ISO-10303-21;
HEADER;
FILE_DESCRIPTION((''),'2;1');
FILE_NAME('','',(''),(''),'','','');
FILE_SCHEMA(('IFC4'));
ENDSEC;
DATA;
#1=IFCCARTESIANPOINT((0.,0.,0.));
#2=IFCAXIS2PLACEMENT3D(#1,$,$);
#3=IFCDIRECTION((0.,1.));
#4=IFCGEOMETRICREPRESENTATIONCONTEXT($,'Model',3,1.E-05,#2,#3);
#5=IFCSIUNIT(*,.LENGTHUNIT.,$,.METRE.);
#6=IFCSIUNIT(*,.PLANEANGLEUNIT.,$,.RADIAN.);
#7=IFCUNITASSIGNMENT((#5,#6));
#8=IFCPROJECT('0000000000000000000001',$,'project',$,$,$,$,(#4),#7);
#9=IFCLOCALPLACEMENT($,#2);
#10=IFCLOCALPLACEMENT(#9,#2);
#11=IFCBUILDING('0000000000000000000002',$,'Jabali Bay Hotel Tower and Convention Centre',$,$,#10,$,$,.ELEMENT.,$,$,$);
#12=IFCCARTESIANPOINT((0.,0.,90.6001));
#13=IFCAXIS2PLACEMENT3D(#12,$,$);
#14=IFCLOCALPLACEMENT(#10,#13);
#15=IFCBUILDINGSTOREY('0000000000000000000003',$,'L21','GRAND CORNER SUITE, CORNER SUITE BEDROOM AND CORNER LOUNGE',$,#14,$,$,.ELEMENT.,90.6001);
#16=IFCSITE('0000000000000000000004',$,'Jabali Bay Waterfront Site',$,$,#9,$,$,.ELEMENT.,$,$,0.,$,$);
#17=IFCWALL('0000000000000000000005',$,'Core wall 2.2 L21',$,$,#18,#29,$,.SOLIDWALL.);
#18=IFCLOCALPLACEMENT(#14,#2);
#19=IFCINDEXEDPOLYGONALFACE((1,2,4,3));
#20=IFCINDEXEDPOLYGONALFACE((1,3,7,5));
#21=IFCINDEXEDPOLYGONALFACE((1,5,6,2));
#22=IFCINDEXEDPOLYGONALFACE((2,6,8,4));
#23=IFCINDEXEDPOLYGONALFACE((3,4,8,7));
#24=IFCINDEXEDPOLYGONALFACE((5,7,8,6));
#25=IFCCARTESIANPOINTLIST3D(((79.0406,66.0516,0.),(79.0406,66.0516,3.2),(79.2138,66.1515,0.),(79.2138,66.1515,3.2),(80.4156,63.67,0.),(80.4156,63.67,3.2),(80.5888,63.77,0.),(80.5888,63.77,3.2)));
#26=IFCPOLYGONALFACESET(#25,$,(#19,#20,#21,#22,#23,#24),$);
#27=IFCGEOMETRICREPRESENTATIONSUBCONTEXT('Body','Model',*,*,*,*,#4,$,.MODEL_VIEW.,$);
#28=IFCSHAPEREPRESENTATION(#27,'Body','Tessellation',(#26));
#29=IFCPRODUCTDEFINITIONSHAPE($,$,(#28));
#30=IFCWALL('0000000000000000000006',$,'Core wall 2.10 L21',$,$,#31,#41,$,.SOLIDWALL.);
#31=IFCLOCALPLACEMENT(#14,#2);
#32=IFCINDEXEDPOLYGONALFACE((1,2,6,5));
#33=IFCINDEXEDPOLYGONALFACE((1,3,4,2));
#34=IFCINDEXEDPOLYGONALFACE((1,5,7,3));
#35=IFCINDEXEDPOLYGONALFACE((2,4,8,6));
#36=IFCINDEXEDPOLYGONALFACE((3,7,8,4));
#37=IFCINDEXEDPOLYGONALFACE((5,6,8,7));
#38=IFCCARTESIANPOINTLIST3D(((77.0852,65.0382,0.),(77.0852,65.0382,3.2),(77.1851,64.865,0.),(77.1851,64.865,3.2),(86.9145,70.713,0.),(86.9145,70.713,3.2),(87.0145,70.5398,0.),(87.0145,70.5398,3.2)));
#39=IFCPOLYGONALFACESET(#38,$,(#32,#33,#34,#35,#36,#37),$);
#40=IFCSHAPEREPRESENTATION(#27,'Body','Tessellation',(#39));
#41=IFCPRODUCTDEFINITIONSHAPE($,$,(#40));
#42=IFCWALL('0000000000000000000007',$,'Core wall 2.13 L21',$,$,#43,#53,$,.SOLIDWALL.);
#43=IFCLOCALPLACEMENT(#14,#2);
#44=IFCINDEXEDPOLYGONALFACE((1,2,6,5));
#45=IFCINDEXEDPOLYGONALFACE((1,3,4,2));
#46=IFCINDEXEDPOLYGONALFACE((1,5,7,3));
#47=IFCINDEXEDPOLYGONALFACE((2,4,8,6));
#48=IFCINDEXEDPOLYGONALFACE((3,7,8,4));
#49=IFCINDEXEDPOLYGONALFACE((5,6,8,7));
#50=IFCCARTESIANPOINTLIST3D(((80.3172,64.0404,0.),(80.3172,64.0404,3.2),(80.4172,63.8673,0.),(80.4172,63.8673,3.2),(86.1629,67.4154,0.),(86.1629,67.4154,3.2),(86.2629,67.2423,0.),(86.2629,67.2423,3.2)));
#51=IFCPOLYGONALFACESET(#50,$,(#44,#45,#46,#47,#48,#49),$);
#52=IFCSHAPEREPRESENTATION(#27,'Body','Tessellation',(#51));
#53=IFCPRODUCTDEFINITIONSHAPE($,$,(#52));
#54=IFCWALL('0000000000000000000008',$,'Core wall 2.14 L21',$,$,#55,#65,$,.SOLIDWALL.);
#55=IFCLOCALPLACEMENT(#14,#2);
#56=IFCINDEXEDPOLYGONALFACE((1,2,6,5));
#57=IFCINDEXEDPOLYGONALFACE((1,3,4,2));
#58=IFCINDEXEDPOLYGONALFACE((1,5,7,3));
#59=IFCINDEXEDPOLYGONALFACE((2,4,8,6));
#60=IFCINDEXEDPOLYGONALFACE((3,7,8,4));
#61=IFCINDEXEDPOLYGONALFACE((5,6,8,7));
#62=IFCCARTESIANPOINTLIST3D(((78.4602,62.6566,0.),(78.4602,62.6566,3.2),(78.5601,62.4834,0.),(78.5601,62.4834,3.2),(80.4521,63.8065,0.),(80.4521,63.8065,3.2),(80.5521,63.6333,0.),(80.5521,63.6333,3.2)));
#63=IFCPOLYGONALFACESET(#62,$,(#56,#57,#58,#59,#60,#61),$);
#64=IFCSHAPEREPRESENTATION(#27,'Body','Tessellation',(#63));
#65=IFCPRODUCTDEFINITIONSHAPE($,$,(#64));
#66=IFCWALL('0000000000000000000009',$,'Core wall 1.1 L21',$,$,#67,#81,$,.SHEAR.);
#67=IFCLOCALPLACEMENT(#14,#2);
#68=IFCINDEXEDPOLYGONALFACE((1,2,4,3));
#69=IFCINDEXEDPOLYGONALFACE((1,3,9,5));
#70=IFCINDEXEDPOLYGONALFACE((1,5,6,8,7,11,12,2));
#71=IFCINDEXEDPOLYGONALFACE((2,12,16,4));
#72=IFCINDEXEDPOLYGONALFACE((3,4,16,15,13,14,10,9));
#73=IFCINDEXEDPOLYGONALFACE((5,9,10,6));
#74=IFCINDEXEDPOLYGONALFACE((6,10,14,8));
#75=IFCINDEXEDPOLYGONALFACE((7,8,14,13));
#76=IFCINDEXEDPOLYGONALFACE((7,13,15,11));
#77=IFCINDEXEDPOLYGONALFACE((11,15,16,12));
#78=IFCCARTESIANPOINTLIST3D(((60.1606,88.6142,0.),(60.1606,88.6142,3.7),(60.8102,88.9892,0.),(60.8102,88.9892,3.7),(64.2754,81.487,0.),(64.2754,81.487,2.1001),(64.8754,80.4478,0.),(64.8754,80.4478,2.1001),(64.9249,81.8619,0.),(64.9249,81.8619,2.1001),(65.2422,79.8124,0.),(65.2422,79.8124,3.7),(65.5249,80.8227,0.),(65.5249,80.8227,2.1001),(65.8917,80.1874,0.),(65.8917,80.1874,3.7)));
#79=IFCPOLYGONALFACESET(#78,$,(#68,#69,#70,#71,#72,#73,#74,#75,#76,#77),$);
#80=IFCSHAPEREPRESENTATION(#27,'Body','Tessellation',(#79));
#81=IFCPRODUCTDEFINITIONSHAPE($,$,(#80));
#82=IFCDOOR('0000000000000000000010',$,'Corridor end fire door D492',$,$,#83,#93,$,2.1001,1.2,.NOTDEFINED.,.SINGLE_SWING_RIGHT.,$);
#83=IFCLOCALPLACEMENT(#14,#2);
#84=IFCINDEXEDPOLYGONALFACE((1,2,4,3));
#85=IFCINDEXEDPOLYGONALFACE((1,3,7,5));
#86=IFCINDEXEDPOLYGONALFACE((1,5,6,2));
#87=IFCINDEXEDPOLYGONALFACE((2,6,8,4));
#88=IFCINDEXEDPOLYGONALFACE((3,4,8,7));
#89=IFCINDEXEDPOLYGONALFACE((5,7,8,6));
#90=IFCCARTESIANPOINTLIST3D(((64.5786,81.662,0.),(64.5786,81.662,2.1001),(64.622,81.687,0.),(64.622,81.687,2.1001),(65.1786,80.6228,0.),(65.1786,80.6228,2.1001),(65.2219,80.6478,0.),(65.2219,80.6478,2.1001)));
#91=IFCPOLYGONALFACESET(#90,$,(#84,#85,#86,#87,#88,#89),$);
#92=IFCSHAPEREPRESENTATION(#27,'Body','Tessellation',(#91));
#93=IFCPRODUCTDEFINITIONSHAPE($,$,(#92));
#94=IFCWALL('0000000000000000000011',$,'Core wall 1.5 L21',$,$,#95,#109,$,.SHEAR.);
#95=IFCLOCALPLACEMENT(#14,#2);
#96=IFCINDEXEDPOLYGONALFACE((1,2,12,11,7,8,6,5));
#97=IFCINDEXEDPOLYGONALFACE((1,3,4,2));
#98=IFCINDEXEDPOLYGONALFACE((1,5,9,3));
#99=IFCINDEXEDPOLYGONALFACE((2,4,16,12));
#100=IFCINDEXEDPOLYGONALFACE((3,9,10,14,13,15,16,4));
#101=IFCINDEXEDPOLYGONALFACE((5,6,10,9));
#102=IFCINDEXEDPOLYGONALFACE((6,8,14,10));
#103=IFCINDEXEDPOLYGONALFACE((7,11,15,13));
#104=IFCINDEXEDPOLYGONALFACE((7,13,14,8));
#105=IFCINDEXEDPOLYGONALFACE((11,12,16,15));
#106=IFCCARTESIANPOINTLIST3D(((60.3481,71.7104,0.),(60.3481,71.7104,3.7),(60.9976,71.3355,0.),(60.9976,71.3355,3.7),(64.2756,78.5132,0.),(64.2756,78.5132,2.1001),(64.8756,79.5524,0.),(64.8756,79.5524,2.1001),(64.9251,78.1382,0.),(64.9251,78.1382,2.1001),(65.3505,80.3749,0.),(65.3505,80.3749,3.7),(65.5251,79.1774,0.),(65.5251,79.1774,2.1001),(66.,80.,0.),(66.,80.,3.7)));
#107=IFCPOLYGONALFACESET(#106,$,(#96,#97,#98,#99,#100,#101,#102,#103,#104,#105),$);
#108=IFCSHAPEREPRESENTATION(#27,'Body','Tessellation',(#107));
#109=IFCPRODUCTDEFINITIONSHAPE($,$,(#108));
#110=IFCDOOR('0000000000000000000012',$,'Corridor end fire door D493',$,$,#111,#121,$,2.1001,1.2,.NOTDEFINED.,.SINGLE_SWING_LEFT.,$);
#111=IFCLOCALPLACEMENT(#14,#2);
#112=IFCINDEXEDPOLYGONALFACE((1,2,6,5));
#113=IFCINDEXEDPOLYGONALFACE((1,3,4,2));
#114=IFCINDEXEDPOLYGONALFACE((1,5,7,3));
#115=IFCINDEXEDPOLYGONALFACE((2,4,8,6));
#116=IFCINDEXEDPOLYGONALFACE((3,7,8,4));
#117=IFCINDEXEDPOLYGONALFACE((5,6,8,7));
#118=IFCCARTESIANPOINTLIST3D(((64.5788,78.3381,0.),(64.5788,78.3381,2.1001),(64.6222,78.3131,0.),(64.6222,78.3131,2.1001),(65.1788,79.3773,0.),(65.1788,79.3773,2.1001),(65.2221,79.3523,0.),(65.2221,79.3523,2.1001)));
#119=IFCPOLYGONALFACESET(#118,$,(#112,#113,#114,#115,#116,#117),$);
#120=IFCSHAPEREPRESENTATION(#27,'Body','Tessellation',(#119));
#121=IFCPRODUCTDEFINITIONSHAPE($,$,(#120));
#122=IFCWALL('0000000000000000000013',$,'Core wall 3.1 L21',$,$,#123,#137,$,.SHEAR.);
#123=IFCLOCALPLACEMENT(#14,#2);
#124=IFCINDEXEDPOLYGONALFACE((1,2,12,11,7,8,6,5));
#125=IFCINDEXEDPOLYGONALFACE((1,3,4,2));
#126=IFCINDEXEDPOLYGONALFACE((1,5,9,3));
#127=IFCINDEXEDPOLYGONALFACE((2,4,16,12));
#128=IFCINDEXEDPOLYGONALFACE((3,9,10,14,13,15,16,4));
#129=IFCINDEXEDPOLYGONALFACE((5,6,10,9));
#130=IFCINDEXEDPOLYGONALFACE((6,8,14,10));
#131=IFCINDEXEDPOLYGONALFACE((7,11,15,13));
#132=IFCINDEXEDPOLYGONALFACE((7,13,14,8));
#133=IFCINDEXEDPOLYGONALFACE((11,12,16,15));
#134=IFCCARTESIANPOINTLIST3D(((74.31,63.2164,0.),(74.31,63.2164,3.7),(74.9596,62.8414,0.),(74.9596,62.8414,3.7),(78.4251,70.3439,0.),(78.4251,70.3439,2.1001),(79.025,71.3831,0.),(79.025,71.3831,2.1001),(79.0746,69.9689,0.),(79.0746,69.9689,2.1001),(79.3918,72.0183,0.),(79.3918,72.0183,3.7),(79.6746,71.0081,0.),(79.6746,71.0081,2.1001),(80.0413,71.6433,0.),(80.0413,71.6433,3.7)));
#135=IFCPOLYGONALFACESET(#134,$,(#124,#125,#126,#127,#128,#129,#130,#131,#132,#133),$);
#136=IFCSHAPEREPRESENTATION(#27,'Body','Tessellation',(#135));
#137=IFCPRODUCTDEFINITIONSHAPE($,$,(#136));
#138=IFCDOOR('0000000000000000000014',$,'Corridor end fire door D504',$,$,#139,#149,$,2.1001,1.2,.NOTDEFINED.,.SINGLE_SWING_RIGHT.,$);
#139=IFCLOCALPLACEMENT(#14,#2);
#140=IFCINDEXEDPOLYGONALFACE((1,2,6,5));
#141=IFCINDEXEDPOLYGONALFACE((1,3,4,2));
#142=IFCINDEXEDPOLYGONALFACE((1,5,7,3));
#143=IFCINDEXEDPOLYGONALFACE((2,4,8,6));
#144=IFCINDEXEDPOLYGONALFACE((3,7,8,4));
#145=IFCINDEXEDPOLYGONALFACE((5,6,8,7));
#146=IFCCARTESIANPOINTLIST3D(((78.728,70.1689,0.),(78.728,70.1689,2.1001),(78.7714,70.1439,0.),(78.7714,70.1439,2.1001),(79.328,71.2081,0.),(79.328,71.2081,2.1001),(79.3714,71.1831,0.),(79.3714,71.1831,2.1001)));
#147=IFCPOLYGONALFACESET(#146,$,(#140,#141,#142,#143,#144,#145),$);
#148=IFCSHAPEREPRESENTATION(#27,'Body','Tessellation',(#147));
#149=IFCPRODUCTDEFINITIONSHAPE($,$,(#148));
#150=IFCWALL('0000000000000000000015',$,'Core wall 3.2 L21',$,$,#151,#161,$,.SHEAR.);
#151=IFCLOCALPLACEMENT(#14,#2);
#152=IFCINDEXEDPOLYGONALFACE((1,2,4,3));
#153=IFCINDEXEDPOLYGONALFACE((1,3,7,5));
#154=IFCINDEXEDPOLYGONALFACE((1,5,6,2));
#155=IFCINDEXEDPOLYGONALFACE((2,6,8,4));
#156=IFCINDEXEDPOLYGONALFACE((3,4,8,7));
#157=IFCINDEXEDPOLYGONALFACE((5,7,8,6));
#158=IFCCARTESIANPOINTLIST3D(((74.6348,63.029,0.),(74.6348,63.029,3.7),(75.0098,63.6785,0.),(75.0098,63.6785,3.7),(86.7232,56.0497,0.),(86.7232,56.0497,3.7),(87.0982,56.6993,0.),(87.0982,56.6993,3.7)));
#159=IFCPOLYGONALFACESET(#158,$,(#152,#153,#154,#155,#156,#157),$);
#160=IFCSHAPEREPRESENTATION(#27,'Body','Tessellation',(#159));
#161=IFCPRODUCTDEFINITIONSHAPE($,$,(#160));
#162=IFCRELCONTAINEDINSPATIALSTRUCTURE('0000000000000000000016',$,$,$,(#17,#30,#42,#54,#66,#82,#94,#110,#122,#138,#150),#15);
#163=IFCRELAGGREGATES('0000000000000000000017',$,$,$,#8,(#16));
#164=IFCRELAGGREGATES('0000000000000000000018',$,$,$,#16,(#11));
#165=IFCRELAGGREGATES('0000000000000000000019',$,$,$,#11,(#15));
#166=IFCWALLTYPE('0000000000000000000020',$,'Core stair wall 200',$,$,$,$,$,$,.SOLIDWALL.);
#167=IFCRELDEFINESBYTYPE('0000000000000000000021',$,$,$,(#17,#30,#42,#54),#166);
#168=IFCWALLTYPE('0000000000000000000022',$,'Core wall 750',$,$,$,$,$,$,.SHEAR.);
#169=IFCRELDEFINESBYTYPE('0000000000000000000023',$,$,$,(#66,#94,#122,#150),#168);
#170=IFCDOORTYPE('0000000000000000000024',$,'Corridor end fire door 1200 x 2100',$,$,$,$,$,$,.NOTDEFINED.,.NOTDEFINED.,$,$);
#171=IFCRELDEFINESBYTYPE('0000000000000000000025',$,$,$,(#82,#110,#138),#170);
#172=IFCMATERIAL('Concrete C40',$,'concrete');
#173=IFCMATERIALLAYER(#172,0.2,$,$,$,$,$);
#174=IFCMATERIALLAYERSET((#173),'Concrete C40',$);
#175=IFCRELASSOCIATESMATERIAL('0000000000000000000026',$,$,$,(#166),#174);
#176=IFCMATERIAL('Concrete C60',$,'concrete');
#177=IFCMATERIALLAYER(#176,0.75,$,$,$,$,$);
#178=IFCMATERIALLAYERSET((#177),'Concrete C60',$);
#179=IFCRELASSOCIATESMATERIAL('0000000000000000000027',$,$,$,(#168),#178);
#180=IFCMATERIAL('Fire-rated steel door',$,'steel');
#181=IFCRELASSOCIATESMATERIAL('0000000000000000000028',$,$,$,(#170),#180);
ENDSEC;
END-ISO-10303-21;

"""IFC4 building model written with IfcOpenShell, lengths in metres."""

from ifc_helpers import new_model, si_unit, direction, frame, frame_2d, origin, place, context, subcontext, project, spatial, rectangle, extrude, material, layer, layer_set, type_object, element, fill, save


model = new_model("IFC4")

# Units and contexts
model_context = context("Model", 3, precision=1e-05, world=origin(), true_north=direction((0.0, 1.0)))
body_context = subcontext(model_context, "Body", "Model", "MODEL_VIEW")
ifc_project = project(units=[si_unit("LENGTHUNIT", "METRE"), si_unit("PLANEANGLEUNIT", "RADIAN")], contexts=[model_context])

# Site, building, storey
site_placement = place(None, origin())
site = spatial("IfcSite", under=ifc_project, at=site_placement, Name="Jabali Bay Waterfront Site", CompositionType="ELEMENT", RefElevation=0.0)
building_placement = place(site_placement, origin())
building = spatial("IfcBuilding", under=site, at=building_placement, Name="Jabali Bay Hotel Tower and Convention Centre", CompositionType="ELEMENT")
storey_placement = place(building_placement, frame((0.0, 0.0, 90.6001)))
storey = spatial("IfcBuildingStorey", under=building, at=storey_placement, Name="L21", Description="GRAND CORNER SUITE, CORNER SUITE BEDROOM AND CORNER LOUNGE", CompositionType="ELEMENT", Elevation=90.6001)

# Shared definitions
ifc_material_1 = material(Name="Concrete C40", Category="concrete")
ifc_material_2 = material(Name="Fire-rated steel door", Category="steel")

# Shared definitions
ifc_layer_1 = layer(ifc_material_1, 0.2)
ifc_layer_set_1 = layer_set([ifc_layer_1], Name="Concrete C40")
wall_type_1 = type_object("IfcWallType", Name="Core stair wall 200", PredefinedType="SOLIDWALL", material=ifc_layer_set_1)

# Walls
for number, where, z_axis, x_axis, name in (
    (1, (79.1272, 66.1016, 0.0), (0.0, 0.0, 1.0), (0.499997, -0.866027, 0.0), "Core wall 2.2 L21"),
):
    element("IfcWall", number, at=place(storey_placement, frame(where, z_axis=z_axis, x_axis=x_axis)), inside=storey, type_object=wall_type_1, Name=name, PredefinedType="SOLIDWALL", context=body_context, shape_type="SweptSolid", body=[
        extrude(rectangle(XDim=2.75, YDim=0.2, at=frame_2d((1.375, 0.0))), origin(), (0.0, 0.0, 1.0), 3.2),
    ])
wall_1_placement = place(storey_placement, frame((77.1353, 64.9517, 0.0), z_axis=(0.0, 0.0, 1.0), x_axis=(0.866032, 0.499989, 0.0)))
element("IfcWall", 2, at=wall_1_placement, inside=storey, type_object=wall_type_1, Name="Core wall 2.10 L21", PredefinedType="SOLIDWALL", context=body_context, shape_type="SweptSolid", body=[
    extrude(rectangle(XDim=11.3499, YDim=0.2, at=frame_2d((5.6748, 0.0))), origin(), (0.0, 0.0, 1.0), 3.2),
])
wall_2_placement = place(storey_placement, frame((80.3672, 63.9539, 0.0), z_axis=(0.0, 0.0, 1.0), x_axis=(0.866027, 0.499998, 0.0)))
element("IfcWall", 3, at=wall_2_placement, inside=storey, type_object=wall_type_1, Name="Core wall 2.13 L21", PredefinedType="SOLIDWALL", context=body_context, shape_type="SweptSolid", body=[
    extrude(rectangle(XDim=6.75, YDim=0.2, at=frame_2d((3.375, 0.0))), origin(), (0.0, 0.0, 1.0), 3.2),
])
wall_3_placement = place(storey_placement, frame((78.5103, 62.5701, 0.0), z_axis=(0.0, 0.0, 1.0), x_axis=(0.866053, 0.499952, 0.0)))
element("IfcWall", 4, at=wall_3_placement, inside=storey, type_object=wall_type_1, Name="Core wall 2.14 L21", PredefinedType="SOLIDWALL", context=body_context, shape_type="SweptSolid", body=[
    extrude(rectangle(XDim=2.3, YDim=0.2, at=frame_2d((1.1499, 0.0))), origin(), (0.0, 0.0, 1.0), 3.2),
])

# Walls, openings, doors
ifc_material_3 = material(Name="Concrete C60", Category="concrete")
ifc_layer_2 = layer(ifc_material_3, 0.75)
ifc_layer_set_2 = layer_set([ifc_layer_2], Name="Concrete C60")
wall_type_2 = type_object("IfcWallType", Name="Core wall 750", PredefinedType="SHEAR", material=ifc_layer_set_2)
wall_4_placement = place(storey_placement, frame((65.5669, 80.0, 0.0), z_axis=(0.0, 0.0, 1.0), x_axis=(-0.499989, 0.866032, 0.0)))
wall_4 = element("IfcWall", 5, at=wall_4_placement, inside=storey, type_object=wall_type_2, Name="Core wall 1.1 L21", PredefinedType="SHEAR", context=body_context, shape_type="SweptSolid", body=[
    extrude(rectangle(XDim=10.1633, YDim=0.75, at=frame_2d((5.0815, 0.0))), origin(), (0.0, 0.0, 1.0), 3.7),
])
opening_1_placement = place(wall_4_placement, frame((0.7334, 0.0, 0.0)))
opening_1 = element("IfcOpeningElement", 6, at=opening_1_placement, cuts=wall_4, PredefinedType="OPENING", context=body_context, shape_type="SweptSolid", body=[
    extrude(rectangle(XDim=1.2, YDim=2.1001, at=frame_2d((0.6001, 1.05))), frame((0.0, 0.3855, 0.0), z_axis=(0.0, -1.0, 0.0), x_axis=(1.0, 0.0, 0.0)), (0.0, 0.0, 1.0), 0.771),
])
door_type_1 = type_object("IfcDoorType", Name="Corridor end fire door 1200 x 2100", OperationType="NOTDEFINED", PredefinedType="NOTDEFINED", material=ifc_material_2)
door_1_placement = place(opening_1_placement, origin())
door_1 = element("IfcDoor", 7, at=door_1_placement, inside=storey, type_object=door_type_1, Name="Corridor end fire door D492", OperationType="SINGLE_SWING_RIGHT", OverallHeight=2.1001, OverallWidth=1.2, PredefinedType="NOTDEFINED", context=body_context, shape_type="SweptSolid", body=[
    extrude(rectangle(XDim=1.2, YDim=2.1001, at=frame_2d((0.6001, 1.05))), frame((0.0, 0.0249, 0.0), z_axis=(0.0, -1.0, 0.0), x_axis=(1.0, 0.0, 0.0)), (0.0, 0.0, 1.0), 0.05),
])
fill(opening_1, door_1)
wall_5_placement = place(storey_placement, frame((60.6729, 71.5229, 0.0), z_axis=(0.0, 0.0, 1.0), x_axis=(0.499997, 0.866027, 0.0)))
wall_5 = element("IfcWall", 8, at=wall_5_placement, inside=storey, type_object=wall_type_2, Name="Core wall 1.5 L21", PredefinedType="SHEAR", context=body_context, shape_type="SweptSolid", body=[
    extrude(rectangle(XDim=10.0049, YDim=0.75, at=frame_2d((5.0024, 0.0))), origin(), (0.0, 0.0, 1.0), 3.7),
])
opening_2_placement = place(wall_5_placement, frame((7.855, 0.0, 0.0)))
opening_2 = element("IfcOpeningElement", 9, at=opening_2_placement, cuts=wall_5, PredefinedType="OPENING", context=body_context, shape_type="SweptSolid", body=[
    extrude(rectangle(XDim=1.2, YDim=2.1001, at=frame_2d((0.6001, 1.05))), frame((0.0, 0.3855, 0.0), z_axis=(0.0, -1.0, 0.0), x_axis=(1.0, 0.0, 0.0)), (0.0, 0.0, 1.0), 0.771),
])
door_2_placement = place(opening_2_placement, origin())
door_2 = element("IfcDoor", 10, at=door_2_placement, inside=storey, type_object=door_type_1, Name="Corridor end fire door D493", OperationType="SINGLE_SWING_LEFT", OverallHeight=2.1001, OverallWidth=1.2, PredefinedType="NOTDEFINED", context=body_context, shape_type="SweptSolid", body=[
    extrude(rectangle(XDim=1.2, YDim=2.1001, at=frame_2d((0.6001, 1.05))), frame((0.0, 0.0249, 0.0), z_axis=(0.0, -1.0, 0.0), x_axis=(1.0, 0.0, 0.0)), (0.0, 0.0, 1.0), 0.05),
])
fill(opening_2, door_2)
wall_6_placement = place(storey_placement, frame((79.7166, 71.8308, 0.0), z_axis=(0.0, 0.0, 1.0), x_axis=(-0.499996, -0.866028, 0.0)))
wall_6 = element("IfcWall", 11, at=wall_6_placement, inside=storey, type_object=wall_type_2, Name="Core wall 3.1 L21", PredefinedType="SHEAR", context=body_context, shape_type="SweptSolid", body=[
    extrude(rectangle(XDim=10.1636, YDim=0.75, at=frame_2d((5.0818, 0.0))), origin(), (0.0, 0.0, 1.0), 3.7),
])
opening_3_placement = place(wall_6_placement, frame((0.7334, 0.0, 0.0)))
opening_3 = element("IfcOpeningElement", 12, at=opening_3_placement, cuts=wall_6, PredefinedType="OPENING", context=body_context, shape_type="SweptSolid", body=[
    extrude(rectangle(XDim=1.2, YDim=2.1001, at=frame_2d((0.6001, 1.05))), frame((0.0, 0.3855, 0.0), z_axis=(0.0, -1.0, 0.0), x_axis=(1.0, 0.0, 0.0)), (0.0, 0.0, 1.0), 0.771),
])
door_3_placement = place(opening_3_placement, origin())
door_3 = element("IfcDoor", 13, at=door_3_placement, inside=storey, type_object=door_type_1, Name="Corridor end fire door D504", OperationType="SINGLE_SWING_RIGHT", OverallHeight=2.1001, OverallWidth=1.2, PredefinedType="NOTDEFINED", context=body_context, shape_type="SweptSolid", body=[
    extrude(rectangle(XDim=1.2, YDim=2.1001, at=frame_2d((0.6001, 1.05))), frame((0.0, 0.0249, 0.0), z_axis=(0.0, -1.0, 0.0), x_axis=(1.0, 0.0, 0.0)), (0.0, 0.0, 1.0), 0.05),
])
fill(opening_3, door_3)

# Wall
wall_7_placement = place(storey_placement, frame((74.8223, 63.3538, 0.0), z_axis=(0.0, 0.0, 1.0), x_axis=(0.866025, -0.500001, 0.0)))
element("IfcWall", 14, at=wall_7_placement, inside=storey, type_object=wall_type_2, Name="Core wall 3.2 L21", PredefinedType="SHEAR", context=body_context, shape_type="SweptSolid", body=[
    extrude(rectangle(XDim=13.9585, YDim=0.75, at=frame_2d((6.9792, 0.0))), origin(), (0.0, 0.0, 1.0), 3.7),
])

save(model, "model.ifc")
